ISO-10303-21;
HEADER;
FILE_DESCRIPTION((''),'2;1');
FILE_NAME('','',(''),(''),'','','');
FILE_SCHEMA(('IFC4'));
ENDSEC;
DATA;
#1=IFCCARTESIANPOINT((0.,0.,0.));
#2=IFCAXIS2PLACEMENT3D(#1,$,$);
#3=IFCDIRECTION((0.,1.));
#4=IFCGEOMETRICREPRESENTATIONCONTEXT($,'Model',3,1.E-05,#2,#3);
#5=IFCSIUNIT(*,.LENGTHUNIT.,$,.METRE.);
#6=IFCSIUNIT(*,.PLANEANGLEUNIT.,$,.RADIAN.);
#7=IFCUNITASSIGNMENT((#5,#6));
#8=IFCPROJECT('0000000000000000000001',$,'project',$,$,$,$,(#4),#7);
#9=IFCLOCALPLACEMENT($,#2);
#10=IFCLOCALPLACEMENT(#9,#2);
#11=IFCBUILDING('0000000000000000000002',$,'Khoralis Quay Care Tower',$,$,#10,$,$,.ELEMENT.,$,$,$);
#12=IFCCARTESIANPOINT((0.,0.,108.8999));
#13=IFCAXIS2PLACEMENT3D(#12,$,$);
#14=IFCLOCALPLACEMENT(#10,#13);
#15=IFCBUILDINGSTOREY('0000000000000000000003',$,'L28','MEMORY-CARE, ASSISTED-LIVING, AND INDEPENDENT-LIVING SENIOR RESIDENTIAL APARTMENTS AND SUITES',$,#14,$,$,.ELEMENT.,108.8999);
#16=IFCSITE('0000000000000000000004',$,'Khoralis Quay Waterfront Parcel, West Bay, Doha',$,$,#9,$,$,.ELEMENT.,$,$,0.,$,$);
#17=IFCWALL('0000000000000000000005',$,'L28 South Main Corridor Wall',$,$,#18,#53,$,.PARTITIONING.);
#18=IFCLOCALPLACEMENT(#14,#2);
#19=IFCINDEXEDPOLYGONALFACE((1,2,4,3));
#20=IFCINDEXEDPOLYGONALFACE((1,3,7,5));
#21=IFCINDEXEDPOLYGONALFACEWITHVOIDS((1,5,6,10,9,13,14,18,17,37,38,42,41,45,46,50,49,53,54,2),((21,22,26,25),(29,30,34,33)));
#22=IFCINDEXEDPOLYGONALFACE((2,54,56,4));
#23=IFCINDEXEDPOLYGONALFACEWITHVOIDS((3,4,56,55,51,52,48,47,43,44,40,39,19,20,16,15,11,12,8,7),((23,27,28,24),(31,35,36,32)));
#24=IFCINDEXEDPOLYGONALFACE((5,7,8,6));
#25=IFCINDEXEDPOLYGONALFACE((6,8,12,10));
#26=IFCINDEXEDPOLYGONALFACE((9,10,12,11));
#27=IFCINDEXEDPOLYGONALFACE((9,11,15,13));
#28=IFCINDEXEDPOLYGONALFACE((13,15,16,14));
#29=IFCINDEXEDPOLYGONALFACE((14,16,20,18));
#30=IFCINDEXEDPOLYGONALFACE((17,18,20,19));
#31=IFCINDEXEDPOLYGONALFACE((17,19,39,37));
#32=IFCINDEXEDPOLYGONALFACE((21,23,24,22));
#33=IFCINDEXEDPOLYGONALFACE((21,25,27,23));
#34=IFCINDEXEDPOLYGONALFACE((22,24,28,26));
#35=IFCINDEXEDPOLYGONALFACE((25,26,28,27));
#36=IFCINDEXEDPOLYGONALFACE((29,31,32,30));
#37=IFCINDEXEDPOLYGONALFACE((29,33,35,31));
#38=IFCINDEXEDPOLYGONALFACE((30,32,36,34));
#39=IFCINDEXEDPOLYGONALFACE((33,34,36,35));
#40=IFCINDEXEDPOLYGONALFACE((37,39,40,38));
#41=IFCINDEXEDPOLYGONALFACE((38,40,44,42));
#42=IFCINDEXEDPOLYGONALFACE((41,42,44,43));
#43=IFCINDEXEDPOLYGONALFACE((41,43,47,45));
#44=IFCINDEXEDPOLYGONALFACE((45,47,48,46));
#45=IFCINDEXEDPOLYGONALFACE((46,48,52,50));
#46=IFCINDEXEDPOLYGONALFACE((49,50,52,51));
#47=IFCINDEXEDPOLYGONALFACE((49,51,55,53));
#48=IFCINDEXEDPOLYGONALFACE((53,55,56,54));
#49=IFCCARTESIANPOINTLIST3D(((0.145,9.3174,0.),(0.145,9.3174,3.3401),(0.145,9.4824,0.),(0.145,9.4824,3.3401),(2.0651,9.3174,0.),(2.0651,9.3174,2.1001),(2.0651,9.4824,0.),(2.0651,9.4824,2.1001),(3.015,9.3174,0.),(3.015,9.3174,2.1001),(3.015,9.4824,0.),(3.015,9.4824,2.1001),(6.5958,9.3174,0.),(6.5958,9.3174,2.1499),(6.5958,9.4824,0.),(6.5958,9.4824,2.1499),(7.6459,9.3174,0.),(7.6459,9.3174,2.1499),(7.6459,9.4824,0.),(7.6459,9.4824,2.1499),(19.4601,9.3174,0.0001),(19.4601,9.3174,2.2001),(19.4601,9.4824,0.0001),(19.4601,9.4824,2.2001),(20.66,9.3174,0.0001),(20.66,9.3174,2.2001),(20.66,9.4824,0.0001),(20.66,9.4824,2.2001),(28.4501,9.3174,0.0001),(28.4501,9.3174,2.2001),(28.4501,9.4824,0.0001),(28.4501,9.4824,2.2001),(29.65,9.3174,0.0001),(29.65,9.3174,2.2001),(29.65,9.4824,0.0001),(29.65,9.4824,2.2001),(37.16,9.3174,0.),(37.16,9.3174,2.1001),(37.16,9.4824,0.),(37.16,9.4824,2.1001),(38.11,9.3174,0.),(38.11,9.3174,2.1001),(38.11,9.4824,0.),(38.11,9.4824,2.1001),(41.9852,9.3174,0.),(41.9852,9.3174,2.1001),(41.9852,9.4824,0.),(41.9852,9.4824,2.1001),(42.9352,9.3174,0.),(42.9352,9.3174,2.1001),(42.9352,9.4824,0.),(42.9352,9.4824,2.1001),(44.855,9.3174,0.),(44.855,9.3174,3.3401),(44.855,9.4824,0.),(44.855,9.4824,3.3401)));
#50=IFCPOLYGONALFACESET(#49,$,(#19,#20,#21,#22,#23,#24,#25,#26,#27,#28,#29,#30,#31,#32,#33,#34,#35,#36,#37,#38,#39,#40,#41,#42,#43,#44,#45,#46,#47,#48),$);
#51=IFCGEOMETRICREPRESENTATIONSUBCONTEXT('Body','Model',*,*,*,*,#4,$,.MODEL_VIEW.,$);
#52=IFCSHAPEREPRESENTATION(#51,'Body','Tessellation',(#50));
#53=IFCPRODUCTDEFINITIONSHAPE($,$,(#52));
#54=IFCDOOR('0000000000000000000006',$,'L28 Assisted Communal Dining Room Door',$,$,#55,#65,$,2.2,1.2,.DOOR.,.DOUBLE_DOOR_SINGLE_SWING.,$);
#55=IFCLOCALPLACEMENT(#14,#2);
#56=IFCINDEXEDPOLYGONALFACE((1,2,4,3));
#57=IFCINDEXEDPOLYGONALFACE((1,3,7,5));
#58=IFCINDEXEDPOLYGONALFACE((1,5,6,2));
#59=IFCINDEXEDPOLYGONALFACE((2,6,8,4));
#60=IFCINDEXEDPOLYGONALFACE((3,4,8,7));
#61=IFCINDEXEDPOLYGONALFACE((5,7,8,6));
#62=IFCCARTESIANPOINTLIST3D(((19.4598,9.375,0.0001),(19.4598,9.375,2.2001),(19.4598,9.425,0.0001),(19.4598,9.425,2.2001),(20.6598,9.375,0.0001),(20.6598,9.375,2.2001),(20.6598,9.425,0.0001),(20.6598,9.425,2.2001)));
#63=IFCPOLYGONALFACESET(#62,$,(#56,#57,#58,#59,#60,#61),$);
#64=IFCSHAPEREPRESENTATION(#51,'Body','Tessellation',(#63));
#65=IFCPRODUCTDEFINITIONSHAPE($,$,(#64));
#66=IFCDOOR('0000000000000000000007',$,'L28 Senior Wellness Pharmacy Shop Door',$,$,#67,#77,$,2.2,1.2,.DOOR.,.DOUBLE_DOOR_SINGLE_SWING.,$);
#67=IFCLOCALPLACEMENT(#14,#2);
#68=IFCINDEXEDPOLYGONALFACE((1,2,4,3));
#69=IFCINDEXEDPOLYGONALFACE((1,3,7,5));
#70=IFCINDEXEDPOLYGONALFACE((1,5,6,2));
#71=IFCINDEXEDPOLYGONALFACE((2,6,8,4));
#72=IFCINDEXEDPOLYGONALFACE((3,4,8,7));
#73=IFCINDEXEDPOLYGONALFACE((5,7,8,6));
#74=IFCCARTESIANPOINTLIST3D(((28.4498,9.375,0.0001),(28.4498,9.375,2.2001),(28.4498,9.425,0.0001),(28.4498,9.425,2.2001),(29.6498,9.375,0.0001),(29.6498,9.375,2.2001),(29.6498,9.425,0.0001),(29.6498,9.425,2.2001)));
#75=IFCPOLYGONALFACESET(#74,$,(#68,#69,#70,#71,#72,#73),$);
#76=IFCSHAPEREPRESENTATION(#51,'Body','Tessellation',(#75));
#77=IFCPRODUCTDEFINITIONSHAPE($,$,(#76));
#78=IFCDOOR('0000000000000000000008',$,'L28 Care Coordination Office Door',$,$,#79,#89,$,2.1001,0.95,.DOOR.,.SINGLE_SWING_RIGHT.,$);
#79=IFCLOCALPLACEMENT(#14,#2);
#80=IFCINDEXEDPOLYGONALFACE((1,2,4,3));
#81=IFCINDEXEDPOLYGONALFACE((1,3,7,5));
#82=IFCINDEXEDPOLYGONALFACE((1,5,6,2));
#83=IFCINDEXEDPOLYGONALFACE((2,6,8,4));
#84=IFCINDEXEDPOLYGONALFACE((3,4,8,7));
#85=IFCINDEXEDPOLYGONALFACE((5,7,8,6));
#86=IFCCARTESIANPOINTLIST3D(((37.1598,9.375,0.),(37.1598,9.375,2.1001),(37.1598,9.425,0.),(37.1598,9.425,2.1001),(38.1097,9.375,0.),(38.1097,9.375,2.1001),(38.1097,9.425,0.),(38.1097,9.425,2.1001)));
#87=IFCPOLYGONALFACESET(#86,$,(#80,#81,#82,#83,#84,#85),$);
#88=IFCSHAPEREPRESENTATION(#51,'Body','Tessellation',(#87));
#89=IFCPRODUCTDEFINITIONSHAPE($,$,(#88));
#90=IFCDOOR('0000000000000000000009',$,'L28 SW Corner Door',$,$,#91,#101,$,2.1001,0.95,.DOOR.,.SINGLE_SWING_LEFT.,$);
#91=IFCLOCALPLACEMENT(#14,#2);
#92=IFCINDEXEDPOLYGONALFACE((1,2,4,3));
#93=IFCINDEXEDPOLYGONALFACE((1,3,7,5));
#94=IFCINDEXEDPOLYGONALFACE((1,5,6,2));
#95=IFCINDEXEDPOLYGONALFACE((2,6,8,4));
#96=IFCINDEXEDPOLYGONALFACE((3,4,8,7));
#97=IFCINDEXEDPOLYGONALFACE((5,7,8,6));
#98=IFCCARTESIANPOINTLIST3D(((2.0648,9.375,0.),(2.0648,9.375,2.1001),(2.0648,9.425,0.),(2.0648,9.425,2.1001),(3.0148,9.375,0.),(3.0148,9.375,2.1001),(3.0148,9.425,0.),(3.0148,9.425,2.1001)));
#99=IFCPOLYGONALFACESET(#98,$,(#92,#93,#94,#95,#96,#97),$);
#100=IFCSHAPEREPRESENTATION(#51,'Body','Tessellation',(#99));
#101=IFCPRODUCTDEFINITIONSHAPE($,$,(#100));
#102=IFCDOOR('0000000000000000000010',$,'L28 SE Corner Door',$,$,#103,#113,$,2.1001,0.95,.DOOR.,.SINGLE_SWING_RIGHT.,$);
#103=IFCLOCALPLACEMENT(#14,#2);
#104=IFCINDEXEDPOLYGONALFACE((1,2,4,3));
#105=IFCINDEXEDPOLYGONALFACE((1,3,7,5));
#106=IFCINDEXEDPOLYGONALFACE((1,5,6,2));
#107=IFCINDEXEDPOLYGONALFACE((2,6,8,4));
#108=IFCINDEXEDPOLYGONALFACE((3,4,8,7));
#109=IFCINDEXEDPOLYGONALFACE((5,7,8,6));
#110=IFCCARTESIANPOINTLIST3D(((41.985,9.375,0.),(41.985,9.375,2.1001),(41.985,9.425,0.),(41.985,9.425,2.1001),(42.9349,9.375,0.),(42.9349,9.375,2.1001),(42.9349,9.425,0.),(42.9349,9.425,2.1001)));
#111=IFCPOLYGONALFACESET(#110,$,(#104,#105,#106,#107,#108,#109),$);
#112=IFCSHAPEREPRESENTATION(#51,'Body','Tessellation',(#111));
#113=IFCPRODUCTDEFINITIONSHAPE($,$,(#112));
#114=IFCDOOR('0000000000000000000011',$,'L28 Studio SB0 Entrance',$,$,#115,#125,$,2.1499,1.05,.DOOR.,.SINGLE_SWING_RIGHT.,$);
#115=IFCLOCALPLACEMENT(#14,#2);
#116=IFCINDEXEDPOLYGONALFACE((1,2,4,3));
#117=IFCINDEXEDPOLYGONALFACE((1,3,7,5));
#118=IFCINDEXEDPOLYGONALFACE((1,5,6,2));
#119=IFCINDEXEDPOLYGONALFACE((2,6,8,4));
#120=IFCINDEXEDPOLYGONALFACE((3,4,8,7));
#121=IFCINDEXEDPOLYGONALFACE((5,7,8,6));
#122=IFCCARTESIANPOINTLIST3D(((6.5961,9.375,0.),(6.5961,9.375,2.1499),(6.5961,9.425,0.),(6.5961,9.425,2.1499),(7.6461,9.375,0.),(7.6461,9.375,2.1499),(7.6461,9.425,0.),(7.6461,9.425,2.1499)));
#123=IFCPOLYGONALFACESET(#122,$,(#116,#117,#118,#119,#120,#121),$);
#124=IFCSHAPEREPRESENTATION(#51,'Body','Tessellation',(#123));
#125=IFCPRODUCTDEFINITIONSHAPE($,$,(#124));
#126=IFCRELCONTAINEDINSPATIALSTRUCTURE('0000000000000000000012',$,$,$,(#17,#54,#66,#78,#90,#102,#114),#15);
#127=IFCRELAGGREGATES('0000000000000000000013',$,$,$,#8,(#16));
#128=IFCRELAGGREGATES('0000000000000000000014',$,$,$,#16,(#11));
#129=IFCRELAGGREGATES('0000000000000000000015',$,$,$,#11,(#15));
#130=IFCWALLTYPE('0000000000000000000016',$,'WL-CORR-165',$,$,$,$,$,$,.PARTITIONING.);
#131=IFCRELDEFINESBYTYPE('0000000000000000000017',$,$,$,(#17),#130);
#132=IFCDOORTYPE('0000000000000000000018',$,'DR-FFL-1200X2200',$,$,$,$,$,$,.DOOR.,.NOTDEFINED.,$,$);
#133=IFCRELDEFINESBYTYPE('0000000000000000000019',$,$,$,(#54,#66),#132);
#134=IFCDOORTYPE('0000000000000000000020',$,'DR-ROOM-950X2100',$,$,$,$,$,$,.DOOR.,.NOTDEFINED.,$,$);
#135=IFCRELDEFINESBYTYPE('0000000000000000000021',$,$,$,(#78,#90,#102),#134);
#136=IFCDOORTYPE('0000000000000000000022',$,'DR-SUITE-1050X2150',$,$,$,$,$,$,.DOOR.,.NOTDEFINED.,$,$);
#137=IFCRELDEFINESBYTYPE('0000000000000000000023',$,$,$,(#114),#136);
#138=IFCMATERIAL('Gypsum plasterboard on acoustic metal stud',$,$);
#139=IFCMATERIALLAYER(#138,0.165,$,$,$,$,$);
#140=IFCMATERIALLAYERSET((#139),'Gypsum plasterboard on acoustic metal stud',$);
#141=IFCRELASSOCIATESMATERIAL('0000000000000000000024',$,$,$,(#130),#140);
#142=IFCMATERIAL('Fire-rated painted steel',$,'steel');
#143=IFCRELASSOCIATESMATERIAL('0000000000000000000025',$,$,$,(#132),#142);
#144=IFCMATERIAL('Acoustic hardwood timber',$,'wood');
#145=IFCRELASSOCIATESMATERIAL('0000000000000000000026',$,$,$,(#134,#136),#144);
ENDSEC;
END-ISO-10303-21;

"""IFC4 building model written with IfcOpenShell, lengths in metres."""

from ifc_helpers import new_model, si_unit, direction, frame, frame_2d, origin, place, context, subcontext, project, spatial, rectangle, extrude, source, transform, mapped, material, layer, layer_set, type_object, element, fill, save


model = new_model("IFC4")

# Units and contexts
model_context = context("Model", 3, precision=1e-05, world=origin(), true_north=direction((0.0, 1.0)))
body_context = subcontext(model_context, "Body", "Model", "MODEL_VIEW")
ifc_project = project(units=[si_unit("LENGTHUNIT", "METRE"), si_unit("PLANEANGLEUNIT", "RADIAN")], contexts=[model_context])

# Site, building, storey
site_placement = place(None, origin())
site = spatial("IfcSite", under=ifc_project, at=site_placement, Name="Khoralis Quay Waterfront Parcel, West Bay, Doha", CompositionType="ELEMENT", RefElevation=0.0)
building_placement = place(site_placement, origin())
building = spatial("IfcBuilding", under=site, at=building_placement, Name="Khoralis Quay Care Tower", CompositionType="ELEMENT")
storey_placement = place(building_placement, frame((0.0, 0.0, 108.8999)))
storey = spatial("IfcBuildingStorey", under=building, at=storey_placement, Name="L28", Description="MEMORY-CARE, ASSISTED-LIVING, AND INDEPENDENT-LIVING SENIOR RESIDENTIAL APARTMENTS AND SUITES", CompositionType="ELEMENT", Elevation=108.8999)

# Wall, openings, doors
ifc_material_1 = material(Name="Gypsum plasterboard on acoustic metal stud")
ifc_layer_1 = layer(ifc_material_1, 0.165)
ifc_layer_set_1 = layer_set([ifc_layer_1], Name="Gypsum plasterboard on acoustic metal stud")
wall_type_1 = type_object("IfcWallType", Name="WL-CORR-165", PredefinedType="PARTITIONING", material=ifc_layer_set_1)
wall_1_placement = place(storey_placement, frame((0.145, 9.3999, 0.0), z_axis=(0.0, 0.0, 1.0), x_axis=(1.0, 0.0, 0.0)))
wall_1 = element("IfcWall", 1, at=wall_1_placement, inside=storey, type_object=wall_type_1, Name="L28 South Main Corridor Wall", PredefinedType="PARTITIONING", context=body_context, shape_type="SweptSolid", body=[
    extrude(rectangle(XDim=44.71, YDim=0.165, at=frame_2d((22.355, 0.0))), origin(), (0.0, 0.0, 1.0), 3.3401),
])
opening_1_placement = place(wall_1_placement, frame((6.4509, 0.0, 0.0)))
opening_1 = element("IfcOpeningElement", 2, at=opening_1_placement, cuts=wall_1, PredefinedType="OPENING", context=body_context, shape_type="SweptSolid", body=[
    extrude(rectangle(XDim=1.05, YDim=2.1499, at=frame_2d((0.5249, 1.075))), frame((0.0, 0.0925, 0.0), z_axis=(0.0, -1.0, 0.0), x_axis=(1.0, 0.0, 0.0)), (0.0, 0.0, 1.0), 0.1851),
])
opening_2_placement = place(wall_1_placement, frame((19.3149, 0.0, 0.0)))
opening_2 = element("IfcOpeningElement", 3, at=opening_2_placement, cuts=wall_1, PredefinedType="OPENING", context=body_context, shape_type="SweptSolid", body=[
    extrude(rectangle(XDim=1.2, YDim=2.2, at=frame_2d((0.6001, 1.1001))), frame((0.0, 0.0925, 0.0), z_axis=(0.0, -1.0, 0.0), x_axis=(1.0, 0.0, 0.0)), (0.0, 0.0, 1.0), 0.1851),
])
opening_3_placement = place(wall_1_placement, frame((28.3049, 0.0, 0.0)))
opening_3 = element("IfcOpeningElement", 4, at=opening_3_placement, cuts=wall_1, PredefinedType="OPENING", context=body_context, shape_type="SweptSolid", body=[
    extrude(rectangle(XDim=1.2, YDim=2.2, at=frame_2d((0.6001, 1.1001))), frame((0.0, 0.0925, 0.0), z_axis=(0.0, -1.0, 0.0), x_axis=(1.0, 0.0, 0.0)), (0.0, 0.0, 1.0), 0.1851),
])
opening_4_placement = place(wall_1_placement, frame((37.0149, 0.0, 0.0)))
opening_4 = element("IfcOpeningElement", 5, at=opening_4_placement, cuts=wall_1, PredefinedType="OPENING", context=body_context, shape_type="SweptSolid", body=[
    extrude(rectangle(XDim=0.95, YDim=2.1001, at=frame_2d((0.4751, 1.05))), frame((0.0, 0.0925, 0.0), z_axis=(0.0, -1.0, 0.0), x_axis=(1.0, 0.0, 0.0)), (0.0, 0.0, 1.0), 0.1851),
])
opening_5_placement = place(wall_1_placement, frame((1.9199, 0.0, 0.0)))
opening_5 = element("IfcOpeningElement", 6, at=opening_5_placement, cuts=wall_1, PredefinedType="OPENING", context=body_context, shape_type="SweptSolid", body=[
    extrude(rectangle(XDim=0.95, YDim=2.1001, at=frame_2d((0.4751, 1.05))), frame((0.0, 0.0925, 0.0), z_axis=(0.0, -1.0, 0.0), x_axis=(1.0, 0.0, 0.0)), (0.0, 0.0, 1.0), 0.1851),
])
opening_6_placement = place(wall_1_placement, frame((41.8401, 0.0, 0.0)))
opening_6 = element("IfcOpeningElement", 7, at=opening_6_placement, cuts=wall_1, PredefinedType="OPENING", context=body_context, shape_type="SweptSolid", body=[
    extrude(rectangle(XDim=0.95, YDim=2.1001, at=frame_2d((0.4751, 1.05))), frame((0.0, 0.0925, 0.0), z_axis=(0.0, -1.0, 0.0), x_axis=(1.0, 0.0, 0.0)), (0.0, 0.0, 1.0), 0.1851),
])
ifc_material_2 = material(Name="Fire-rated painted steel", Category="steel")
door_type_1 = type_object("IfcDoorType", Name="DR-FFL-1200X2200", OperationType="NOTDEFINED", PredefinedType="DOOR", material=ifc_material_2)
shared_shape_1 = source(origin(), body_context, "Body", "SweptSolid", [
    extrude(rectangle(XDim=1.2, YDim=2.2, at=frame_2d((0.6001, 1.1001))), frame((0.0, 0.0249, 0.0), z_axis=(0.0, -1.0, 0.0), x_axis=(1.0, 0.0, 0.0)), (0.0, 0.0, 1.0), 0.05),
])
door_1_placement = place(opening_2_placement, frame((1.2, 0.0, 0.0), z_axis=(0.0, 0.0, 1.0), x_axis=(-1.0, 0.0, 0.0)))
door_1 = element("IfcDoor", 8, at=door_1_placement, inside=storey, type_object=door_type_1, Name="L28 Assisted Communal Dining Room Door", OperationType="DOUBLE_DOOR_SINGLE_SWING", OverallHeight=2.2, OverallWidth=1.2, PredefinedType="DOOR", context=body_context, shape_type="MappedRepresentation", body=[
    mapped(shared_shape_1, transform((0.0, 0.0, 0.0), scale=1.0)),
])
fill(opening_2, door_1)
door_2_placement = place(opening_3_placement, frame((1.2, 0.0, 0.0), z_axis=(0.0, 0.0, 1.0), x_axis=(-1.0, 0.0, 0.0)))
door_2 = element("IfcDoor", 9, at=door_2_placement, inside=storey, type_object=door_type_1, Name="L28 Senior Wellness Pharmacy Shop Door", OperationType="DOUBLE_DOOR_SINGLE_SWING", OverallHeight=2.2, OverallWidth=1.2, PredefinedType="DOOR", context=body_context, shape_type="MappedRepresentation", body=[
    mapped(shared_shape_1, transform((0.0, 0.0, 0.0), scale=1.0)),
])
fill(opening_3, door_2)
ifc_material_3 = material(Name="Acoustic hardwood timber", Category="wood")
door_type_2 = type_object("IfcDoorType", Name="DR-ROOM-950X2100", OperationType="NOTDEFINED", PredefinedType="DOOR", material=ifc_material_3)
shared_shape_2 = source(origin(), body_context, "Body", "SweptSolid", [
    extrude(rectangle(XDim=0.95, YDim=2.1001, at=frame_2d((0.4751, 1.05))), frame((0.0, 0.0249, 0.0), z_axis=(0.0, -1.0, 0.0), x_axis=(1.0, 0.0, 0.0)), (0.0, 0.0, 1.0), 0.05),
])
door_3_placement = place(opening_4_placement, frame((0.95, 0.0, 0.0), z_axis=(0.0, 0.0, 1.0), x_axis=(-1.0, 0.0, 0.0)))
door_3 = element("IfcDoor", 10, at=door_3_placement, inside=storey, type_object=door_type_2, Name="L28 Care Coordination Office Door", OperationType="SINGLE_SWING_RIGHT", OverallHeight=2.1001, OverallWidth=0.95, PredefinedType="DOOR", context=body_context, shape_type="MappedRepresentation", body=[
    mapped(shared_shape_2, transform((0.0, 0.0, 0.0), scale=1.0)),
])
fill(opening_4, door_3)
door_4_placement = place(opening_5_placement, frame((0.95, 0.0, 0.0), z_axis=(0.0, 0.0, 1.0), x_axis=(-1.0, 0.0, 0.0)))
door_4 = element("IfcDoor", 11, at=door_4_placement, inside=storey, type_object=door_type_2, Name="L28 SW Corner Door", OperationType="SINGLE_SWING_LEFT", OverallHeight=2.1001, OverallWidth=0.95, PredefinedType="DOOR", context=body_context, shape_type="MappedRepresentation", body=[
    mapped(shared_shape_2, transform((0.0, 0.0, 0.0), scale=1.0)),
])
fill(opening_5, door_4)
door_5_placement = place(opening_6_placement, frame((0.95, 0.0, 0.0), z_axis=(0.0, 0.0, 1.0), x_axis=(-1.0, 0.0, 0.0)))
door_5 = element("IfcDoor", 12, at=door_5_placement, inside=storey, type_object=door_type_2, Name="L28 SE Corner Door", OperationType="SINGLE_SWING_RIGHT", OverallHeight=2.1001, OverallWidth=0.95, PredefinedType="DOOR", context=body_context, shape_type="MappedRepresentation", body=[
    mapped(shared_shape_2, transform((0.0, 0.0, 0.0), scale=1.0)),
])
fill(opening_6, door_5)
door_type_3 = type_object("IfcDoorType", Name="DR-SUITE-1050X2150", OperationType="NOTDEFINED", PredefinedType="DOOR", material=ifc_material_3)
shared_shape_3 = source(origin(), body_context, "Body", "SweptSolid", [
    extrude(rectangle(XDim=1.05, YDim=2.1499, at=frame_2d((0.5249, 1.075))), frame((0.0, 0.0249, 0.0), z_axis=(0.0, -1.0, 0.0), x_axis=(1.0, 0.0, 0.0)), (0.0, 0.0, 1.0), 0.05),
])
door_6_placement = place(opening_1_placement, frame((1.05, 0.0, 0.0), z_axis=(0.0, 0.0, 1.0), x_axis=(-1.0, 0.0, 0.0)))
door_6 = element("IfcDoor", 13, at=door_6_placement, inside=storey, type_object=door_type_3, Name="L28 Studio SB0 Entrance", OperationType="SINGLE_SWING_RIGHT", OverallHeight=2.1499, OverallWidth=1.05, PredefinedType="DOOR", context=body_context, shape_type="MappedRepresentation", body=[
    mapped(shared_shape_3, transform((0.0, 0.0, 0.0), scale=1.0)),
])
fill(opening_1, door_6)

save(model, "model.ifc")
